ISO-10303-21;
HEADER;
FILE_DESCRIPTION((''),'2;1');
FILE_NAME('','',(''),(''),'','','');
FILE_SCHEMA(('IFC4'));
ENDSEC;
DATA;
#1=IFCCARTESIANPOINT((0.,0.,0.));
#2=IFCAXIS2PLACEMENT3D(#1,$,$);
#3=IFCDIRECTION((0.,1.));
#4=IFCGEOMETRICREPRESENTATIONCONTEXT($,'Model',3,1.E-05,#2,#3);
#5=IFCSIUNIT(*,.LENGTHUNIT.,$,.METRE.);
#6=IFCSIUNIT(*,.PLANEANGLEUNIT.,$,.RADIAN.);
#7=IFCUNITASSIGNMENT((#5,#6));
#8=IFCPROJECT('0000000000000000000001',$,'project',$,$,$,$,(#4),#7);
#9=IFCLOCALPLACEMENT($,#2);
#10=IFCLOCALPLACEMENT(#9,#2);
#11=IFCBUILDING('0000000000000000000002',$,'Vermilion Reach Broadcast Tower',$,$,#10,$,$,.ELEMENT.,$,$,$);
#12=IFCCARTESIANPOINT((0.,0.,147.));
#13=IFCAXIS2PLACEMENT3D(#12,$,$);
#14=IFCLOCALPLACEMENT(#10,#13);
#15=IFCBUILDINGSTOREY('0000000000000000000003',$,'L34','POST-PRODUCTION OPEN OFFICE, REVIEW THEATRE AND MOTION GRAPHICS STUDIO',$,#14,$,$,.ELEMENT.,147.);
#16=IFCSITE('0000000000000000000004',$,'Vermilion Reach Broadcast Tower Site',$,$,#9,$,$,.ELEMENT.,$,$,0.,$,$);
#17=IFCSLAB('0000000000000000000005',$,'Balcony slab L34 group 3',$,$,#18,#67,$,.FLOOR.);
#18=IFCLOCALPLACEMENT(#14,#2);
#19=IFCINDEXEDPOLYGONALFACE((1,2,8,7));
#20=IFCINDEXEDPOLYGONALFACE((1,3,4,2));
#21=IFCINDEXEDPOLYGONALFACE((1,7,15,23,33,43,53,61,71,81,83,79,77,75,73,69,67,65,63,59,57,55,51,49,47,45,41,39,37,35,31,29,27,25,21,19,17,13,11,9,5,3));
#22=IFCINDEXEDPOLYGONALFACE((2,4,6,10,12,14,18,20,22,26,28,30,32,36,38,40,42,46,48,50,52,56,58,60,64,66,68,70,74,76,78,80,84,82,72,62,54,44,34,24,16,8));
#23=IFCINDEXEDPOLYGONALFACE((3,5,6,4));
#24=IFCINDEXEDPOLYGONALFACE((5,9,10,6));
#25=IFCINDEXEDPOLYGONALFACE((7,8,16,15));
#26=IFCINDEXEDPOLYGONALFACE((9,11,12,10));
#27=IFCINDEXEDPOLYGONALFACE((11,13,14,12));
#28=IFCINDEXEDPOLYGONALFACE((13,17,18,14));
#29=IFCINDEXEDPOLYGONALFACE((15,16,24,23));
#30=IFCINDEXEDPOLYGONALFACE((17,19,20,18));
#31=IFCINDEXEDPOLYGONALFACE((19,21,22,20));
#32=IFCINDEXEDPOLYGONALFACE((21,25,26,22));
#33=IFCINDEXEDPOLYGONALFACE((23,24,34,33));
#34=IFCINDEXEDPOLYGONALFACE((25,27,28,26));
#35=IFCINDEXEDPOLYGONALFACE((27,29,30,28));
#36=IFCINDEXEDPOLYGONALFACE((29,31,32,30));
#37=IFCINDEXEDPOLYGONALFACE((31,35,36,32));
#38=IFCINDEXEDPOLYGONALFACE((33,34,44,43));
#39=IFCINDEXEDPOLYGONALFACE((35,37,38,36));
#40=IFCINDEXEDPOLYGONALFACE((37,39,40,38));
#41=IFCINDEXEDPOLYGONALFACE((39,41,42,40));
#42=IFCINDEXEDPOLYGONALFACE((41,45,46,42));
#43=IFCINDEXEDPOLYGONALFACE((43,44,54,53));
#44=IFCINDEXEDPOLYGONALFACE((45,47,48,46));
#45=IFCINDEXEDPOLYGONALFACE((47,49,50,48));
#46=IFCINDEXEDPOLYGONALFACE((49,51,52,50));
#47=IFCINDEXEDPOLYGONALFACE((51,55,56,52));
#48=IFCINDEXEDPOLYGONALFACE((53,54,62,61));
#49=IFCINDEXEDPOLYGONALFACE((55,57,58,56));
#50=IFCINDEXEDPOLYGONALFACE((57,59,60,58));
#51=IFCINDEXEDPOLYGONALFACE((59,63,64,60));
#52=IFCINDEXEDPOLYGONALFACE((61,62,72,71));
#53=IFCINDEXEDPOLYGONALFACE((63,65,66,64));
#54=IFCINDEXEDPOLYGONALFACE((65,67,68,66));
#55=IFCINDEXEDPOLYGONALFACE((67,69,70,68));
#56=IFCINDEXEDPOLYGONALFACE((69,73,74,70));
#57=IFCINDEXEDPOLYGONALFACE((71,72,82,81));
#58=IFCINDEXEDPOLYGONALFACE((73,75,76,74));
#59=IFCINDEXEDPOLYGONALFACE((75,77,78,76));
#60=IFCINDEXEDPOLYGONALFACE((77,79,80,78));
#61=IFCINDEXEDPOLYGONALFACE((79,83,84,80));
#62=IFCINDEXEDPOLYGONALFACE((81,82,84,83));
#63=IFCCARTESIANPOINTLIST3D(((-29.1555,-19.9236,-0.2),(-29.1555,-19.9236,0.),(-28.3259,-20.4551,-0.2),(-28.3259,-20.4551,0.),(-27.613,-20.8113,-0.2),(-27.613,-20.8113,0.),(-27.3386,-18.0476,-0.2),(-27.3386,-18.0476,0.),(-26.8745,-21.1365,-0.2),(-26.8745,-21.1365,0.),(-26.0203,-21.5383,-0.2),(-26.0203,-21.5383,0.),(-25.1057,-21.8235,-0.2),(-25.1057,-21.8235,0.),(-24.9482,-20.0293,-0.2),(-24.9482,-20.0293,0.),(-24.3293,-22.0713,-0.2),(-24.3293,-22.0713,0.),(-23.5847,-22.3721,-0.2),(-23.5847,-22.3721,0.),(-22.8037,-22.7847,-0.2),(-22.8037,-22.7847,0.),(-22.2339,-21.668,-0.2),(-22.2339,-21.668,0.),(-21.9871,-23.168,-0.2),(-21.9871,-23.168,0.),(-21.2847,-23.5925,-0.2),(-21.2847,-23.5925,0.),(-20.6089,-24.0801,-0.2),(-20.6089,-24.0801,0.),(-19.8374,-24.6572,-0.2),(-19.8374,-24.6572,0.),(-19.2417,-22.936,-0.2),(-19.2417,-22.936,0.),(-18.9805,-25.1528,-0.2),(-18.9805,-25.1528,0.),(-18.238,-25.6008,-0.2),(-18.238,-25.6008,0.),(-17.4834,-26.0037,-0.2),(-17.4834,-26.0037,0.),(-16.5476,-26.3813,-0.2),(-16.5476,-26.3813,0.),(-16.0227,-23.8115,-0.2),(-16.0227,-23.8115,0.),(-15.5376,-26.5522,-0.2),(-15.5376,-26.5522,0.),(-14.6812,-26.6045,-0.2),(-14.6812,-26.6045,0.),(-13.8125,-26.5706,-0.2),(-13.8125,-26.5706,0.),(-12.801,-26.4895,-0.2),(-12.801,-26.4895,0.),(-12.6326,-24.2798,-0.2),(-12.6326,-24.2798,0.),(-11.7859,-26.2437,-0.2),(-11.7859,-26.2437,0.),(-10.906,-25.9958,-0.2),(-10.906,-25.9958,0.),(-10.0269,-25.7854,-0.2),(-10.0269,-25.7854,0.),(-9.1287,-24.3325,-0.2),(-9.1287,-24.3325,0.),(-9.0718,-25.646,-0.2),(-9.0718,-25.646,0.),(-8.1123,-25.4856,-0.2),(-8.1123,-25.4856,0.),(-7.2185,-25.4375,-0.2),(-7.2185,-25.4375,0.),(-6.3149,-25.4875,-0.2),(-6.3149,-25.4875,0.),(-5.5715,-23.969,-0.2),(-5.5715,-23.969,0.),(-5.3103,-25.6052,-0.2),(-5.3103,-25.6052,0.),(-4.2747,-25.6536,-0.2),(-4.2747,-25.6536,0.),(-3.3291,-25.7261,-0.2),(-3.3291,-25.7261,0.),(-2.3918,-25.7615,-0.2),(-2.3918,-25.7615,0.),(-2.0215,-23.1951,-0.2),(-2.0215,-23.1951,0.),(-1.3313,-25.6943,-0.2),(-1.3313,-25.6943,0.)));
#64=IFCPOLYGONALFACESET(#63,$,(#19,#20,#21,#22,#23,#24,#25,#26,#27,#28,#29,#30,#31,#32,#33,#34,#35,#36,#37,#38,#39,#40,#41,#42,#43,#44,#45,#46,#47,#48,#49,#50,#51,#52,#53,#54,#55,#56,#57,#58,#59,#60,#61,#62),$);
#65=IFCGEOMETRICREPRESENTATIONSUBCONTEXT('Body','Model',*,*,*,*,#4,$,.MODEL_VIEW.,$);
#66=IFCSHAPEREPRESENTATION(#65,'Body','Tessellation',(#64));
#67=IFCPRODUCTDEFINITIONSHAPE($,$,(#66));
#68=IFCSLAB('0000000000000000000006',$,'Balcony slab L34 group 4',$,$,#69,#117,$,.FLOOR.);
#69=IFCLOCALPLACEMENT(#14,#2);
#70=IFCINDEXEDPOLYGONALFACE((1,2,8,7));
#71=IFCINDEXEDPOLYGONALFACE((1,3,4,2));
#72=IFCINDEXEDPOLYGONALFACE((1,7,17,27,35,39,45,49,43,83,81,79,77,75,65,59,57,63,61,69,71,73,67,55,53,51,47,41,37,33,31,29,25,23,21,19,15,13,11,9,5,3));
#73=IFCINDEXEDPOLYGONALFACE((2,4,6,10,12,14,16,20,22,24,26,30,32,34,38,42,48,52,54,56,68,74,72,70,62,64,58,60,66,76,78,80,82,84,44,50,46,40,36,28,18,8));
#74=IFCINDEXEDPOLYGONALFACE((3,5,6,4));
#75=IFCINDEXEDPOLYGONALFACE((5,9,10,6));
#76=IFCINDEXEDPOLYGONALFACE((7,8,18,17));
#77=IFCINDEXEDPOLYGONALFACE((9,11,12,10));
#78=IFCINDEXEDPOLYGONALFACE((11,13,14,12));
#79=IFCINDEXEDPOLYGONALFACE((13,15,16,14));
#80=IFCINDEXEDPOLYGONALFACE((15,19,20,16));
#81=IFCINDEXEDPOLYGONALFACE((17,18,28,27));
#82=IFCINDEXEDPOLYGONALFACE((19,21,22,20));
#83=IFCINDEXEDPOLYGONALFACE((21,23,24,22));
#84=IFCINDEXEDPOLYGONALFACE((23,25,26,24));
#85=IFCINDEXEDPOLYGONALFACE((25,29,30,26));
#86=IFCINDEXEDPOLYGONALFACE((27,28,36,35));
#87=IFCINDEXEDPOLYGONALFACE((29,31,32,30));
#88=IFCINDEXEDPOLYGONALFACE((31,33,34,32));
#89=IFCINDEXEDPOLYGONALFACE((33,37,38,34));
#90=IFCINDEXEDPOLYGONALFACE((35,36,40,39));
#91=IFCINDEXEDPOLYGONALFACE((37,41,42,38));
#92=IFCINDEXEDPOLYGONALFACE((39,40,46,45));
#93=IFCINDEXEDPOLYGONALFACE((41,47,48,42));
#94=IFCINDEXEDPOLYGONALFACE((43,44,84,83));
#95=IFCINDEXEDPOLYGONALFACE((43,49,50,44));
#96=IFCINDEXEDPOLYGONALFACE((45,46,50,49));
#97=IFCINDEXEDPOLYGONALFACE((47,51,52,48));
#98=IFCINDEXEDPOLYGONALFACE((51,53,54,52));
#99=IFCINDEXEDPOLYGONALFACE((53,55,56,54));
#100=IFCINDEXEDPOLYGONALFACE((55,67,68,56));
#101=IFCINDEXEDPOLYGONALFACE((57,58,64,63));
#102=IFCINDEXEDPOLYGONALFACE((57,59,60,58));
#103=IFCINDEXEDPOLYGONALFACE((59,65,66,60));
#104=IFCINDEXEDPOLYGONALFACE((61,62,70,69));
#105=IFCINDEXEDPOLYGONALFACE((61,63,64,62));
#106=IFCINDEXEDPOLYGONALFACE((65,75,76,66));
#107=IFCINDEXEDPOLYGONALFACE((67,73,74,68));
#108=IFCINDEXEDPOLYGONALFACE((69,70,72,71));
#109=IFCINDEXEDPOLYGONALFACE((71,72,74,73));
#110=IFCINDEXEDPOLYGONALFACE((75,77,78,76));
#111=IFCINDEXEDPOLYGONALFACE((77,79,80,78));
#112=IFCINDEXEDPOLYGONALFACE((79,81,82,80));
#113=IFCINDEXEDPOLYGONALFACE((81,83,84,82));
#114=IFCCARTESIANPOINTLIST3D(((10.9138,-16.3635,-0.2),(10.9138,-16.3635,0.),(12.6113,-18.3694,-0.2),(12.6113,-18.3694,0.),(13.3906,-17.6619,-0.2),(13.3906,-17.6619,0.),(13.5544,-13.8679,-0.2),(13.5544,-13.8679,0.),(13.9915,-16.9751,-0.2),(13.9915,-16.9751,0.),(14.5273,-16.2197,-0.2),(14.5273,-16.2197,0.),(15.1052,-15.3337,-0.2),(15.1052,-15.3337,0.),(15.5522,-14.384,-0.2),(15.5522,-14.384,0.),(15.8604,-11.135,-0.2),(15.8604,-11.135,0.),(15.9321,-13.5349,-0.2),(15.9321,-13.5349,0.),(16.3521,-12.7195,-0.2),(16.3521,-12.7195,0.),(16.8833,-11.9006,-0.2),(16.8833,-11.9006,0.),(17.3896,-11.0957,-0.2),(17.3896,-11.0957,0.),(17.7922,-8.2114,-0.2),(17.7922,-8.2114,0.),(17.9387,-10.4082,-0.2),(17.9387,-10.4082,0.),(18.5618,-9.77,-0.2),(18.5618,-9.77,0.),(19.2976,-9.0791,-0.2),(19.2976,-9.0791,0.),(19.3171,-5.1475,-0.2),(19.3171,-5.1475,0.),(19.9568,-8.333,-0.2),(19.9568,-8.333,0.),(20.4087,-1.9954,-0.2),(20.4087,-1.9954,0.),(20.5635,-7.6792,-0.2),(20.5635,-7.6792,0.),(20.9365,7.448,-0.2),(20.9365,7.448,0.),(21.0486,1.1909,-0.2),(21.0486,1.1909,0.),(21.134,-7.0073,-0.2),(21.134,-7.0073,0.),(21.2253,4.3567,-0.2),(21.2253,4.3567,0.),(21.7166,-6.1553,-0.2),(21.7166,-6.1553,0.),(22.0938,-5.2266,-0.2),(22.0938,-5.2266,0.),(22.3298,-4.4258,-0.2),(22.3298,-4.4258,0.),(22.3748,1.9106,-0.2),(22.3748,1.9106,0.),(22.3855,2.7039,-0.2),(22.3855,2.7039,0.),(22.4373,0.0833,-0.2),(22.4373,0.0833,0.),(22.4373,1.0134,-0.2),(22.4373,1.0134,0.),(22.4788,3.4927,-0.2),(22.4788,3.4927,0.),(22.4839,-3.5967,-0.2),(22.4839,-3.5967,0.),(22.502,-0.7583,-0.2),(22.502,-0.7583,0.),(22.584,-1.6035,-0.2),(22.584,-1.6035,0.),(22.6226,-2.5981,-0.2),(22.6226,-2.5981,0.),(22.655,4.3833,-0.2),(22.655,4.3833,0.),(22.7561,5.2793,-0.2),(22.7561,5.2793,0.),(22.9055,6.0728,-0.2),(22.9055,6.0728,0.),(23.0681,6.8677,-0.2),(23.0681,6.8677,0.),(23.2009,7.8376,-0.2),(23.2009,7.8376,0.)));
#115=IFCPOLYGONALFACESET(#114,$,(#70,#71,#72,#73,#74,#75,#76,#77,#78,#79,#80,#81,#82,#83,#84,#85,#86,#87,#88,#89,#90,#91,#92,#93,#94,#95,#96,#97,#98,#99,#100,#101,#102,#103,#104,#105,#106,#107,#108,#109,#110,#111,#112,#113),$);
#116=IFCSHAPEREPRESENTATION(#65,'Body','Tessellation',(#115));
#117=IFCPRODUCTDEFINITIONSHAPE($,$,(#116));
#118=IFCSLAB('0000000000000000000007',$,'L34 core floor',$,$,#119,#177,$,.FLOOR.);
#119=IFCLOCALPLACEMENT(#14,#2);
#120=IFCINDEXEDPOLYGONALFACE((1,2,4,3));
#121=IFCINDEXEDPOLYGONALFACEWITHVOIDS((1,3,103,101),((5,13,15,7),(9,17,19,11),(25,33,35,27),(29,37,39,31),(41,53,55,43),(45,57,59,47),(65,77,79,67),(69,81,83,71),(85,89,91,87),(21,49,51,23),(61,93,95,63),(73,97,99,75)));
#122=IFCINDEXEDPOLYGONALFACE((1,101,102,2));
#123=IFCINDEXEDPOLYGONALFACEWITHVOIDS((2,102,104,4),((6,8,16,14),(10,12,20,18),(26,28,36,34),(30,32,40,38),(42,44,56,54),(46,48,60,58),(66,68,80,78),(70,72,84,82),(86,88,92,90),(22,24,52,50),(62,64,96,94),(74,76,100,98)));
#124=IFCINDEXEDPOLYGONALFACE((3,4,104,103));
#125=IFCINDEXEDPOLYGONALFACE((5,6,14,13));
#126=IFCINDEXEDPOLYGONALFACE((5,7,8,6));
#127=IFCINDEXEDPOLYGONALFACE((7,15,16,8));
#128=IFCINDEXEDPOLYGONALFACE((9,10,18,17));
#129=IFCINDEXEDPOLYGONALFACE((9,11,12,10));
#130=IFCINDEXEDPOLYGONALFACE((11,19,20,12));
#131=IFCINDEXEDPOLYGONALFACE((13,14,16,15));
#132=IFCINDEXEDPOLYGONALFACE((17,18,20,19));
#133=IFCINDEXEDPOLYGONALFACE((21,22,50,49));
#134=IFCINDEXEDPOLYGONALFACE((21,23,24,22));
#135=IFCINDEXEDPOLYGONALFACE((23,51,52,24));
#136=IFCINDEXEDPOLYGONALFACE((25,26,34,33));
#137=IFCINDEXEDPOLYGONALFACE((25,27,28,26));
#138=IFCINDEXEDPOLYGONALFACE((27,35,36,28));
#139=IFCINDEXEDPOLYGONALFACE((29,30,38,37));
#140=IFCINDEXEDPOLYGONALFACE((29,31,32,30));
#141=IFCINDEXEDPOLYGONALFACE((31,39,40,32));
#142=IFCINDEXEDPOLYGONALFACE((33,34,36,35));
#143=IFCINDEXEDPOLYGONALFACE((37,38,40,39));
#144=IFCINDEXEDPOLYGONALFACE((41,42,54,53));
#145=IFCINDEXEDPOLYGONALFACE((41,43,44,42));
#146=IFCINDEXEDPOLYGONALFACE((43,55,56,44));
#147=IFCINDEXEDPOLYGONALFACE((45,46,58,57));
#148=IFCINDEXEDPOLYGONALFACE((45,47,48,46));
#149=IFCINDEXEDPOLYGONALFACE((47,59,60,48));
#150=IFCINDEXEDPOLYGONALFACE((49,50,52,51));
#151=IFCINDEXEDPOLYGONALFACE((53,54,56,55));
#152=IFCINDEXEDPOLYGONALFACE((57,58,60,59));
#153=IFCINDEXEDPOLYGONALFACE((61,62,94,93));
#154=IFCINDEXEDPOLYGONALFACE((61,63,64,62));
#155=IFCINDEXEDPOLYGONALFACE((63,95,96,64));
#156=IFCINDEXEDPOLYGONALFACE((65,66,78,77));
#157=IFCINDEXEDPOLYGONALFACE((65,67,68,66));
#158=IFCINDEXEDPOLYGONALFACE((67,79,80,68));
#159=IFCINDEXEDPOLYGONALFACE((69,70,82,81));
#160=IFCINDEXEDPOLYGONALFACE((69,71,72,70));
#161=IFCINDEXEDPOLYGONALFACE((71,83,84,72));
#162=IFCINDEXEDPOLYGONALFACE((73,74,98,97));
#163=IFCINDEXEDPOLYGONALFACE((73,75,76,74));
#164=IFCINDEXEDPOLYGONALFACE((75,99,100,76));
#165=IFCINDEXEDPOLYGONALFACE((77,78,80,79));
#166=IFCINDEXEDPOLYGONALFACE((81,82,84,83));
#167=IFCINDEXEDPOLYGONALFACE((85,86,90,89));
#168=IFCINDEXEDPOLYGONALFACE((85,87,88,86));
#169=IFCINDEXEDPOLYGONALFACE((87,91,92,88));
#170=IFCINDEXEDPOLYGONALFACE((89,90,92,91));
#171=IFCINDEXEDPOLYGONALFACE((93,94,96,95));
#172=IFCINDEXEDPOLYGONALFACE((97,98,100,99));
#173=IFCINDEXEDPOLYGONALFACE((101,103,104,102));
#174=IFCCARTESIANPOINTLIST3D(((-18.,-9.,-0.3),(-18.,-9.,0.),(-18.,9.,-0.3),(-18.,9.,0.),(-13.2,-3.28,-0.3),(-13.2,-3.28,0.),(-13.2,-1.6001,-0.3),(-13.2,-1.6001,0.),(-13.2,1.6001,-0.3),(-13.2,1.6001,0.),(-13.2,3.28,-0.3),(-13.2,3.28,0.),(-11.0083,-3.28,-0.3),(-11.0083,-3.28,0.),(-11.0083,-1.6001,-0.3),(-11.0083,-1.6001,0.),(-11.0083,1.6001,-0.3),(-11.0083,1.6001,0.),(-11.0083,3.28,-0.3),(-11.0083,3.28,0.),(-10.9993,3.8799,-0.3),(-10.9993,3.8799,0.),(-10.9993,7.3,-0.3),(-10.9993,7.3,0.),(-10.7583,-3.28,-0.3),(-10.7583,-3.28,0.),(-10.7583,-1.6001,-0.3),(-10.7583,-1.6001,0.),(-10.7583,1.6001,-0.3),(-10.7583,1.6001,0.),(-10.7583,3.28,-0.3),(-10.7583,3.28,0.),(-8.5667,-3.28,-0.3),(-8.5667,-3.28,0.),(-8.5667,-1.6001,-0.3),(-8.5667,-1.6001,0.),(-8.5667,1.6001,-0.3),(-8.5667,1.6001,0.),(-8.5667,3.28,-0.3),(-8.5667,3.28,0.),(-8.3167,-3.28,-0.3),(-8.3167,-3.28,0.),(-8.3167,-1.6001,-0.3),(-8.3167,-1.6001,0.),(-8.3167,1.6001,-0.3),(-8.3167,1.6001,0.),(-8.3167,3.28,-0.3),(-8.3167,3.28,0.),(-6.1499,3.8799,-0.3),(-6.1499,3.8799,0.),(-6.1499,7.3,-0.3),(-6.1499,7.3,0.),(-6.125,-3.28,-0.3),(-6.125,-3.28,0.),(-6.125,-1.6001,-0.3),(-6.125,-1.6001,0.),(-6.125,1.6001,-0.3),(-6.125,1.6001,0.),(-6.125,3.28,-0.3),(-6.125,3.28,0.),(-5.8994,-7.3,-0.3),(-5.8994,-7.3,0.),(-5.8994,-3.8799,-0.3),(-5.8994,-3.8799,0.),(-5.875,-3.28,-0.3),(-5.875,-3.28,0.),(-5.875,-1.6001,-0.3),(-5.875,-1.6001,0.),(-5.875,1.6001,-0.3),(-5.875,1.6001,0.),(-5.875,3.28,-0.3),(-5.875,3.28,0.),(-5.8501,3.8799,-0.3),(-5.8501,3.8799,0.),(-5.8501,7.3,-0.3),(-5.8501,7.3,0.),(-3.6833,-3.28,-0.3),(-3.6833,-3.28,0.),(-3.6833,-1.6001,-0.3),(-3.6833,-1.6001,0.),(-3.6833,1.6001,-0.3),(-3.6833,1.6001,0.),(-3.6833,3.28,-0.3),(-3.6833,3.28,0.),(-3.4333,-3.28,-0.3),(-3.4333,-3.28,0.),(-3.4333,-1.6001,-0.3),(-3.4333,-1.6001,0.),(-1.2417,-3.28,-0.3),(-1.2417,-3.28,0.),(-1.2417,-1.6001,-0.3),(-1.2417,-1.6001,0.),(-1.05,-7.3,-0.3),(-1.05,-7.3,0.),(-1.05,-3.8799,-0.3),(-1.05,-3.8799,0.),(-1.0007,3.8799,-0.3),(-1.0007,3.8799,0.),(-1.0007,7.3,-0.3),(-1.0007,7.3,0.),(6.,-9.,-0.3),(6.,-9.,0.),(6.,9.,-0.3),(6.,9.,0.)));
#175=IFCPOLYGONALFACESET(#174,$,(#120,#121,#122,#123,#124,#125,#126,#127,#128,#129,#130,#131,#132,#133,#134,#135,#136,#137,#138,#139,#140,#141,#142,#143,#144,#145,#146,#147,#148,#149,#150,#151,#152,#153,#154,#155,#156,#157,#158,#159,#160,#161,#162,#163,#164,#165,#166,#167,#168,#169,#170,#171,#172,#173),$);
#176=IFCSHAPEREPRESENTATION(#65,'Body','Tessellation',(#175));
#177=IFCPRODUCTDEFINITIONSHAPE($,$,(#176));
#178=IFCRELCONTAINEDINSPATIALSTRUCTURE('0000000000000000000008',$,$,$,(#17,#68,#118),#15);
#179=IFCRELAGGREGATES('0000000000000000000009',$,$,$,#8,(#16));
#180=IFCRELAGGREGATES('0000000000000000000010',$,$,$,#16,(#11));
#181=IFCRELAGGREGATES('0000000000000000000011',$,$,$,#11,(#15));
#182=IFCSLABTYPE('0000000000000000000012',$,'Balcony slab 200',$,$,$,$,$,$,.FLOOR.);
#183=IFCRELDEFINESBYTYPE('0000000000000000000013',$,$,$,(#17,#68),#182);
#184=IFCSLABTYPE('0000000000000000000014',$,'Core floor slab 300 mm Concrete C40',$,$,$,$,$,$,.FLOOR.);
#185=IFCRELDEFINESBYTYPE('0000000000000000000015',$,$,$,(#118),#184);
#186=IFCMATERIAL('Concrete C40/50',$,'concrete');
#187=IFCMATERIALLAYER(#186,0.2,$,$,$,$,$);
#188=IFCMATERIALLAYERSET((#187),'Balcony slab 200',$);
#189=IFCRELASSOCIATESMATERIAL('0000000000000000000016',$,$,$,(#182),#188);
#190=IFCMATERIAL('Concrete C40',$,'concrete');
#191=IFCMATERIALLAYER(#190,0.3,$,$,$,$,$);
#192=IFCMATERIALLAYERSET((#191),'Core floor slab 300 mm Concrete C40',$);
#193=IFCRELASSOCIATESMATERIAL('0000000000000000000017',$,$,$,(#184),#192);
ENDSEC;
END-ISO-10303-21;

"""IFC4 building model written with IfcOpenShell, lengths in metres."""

from ifc_helpers import new_model, si_unit, direction, frame, origin, place, context, subcontext, project, spatial, polyline, outline, extrude, material, layer, layer_set, type_object, element, save


model = new_model("IFC4")

# Units and contexts
model_context = context("Model", 3, precision=1e-05, world=origin(), true_north=direction((0.0, 1.0)))
body_context = subcontext(model_context, "Body", "Model", "MODEL_VIEW")
ifc_project = project(units=[si_unit("LENGTHUNIT", "METRE"), si_unit("PLANEANGLEUNIT", "RADIAN")], contexts=[model_context])

# Site, building, storey
site_placement = place(None, origin())
site = spatial("IfcSite", under=ifc_project, at=site_placement, Name="Vermilion Reach Broadcast Tower Site", CompositionType="ELEMENT", RefElevation=0.0)
building_placement = place(site_placement, origin())
building = spatial("IfcBuilding", under=site, at=building_placement, Name="Vermilion Reach Broadcast Tower", CompositionType="ELEMENT")
storey_placement = place(building_placement, frame((0.0, 0.0, 147.0)))
storey = spatial("IfcBuildingStorey", under=building, at=storey_placement, Name="L34", Description="POST-PRODUCTION OPEN OFFICE, REVIEW THEATRE AND MOTION GRAPHICS STUDIO", CompositionType="ELEMENT", Elevation=147.0)

# Slabs
ifc_material_1 = material(Name="Concrete C40/50", Category="concrete")
ifc_layer_1 = layer(ifc_material_1, 0.2)
ifc_layer_set_1 = layer_set([ifc_layer_1], Name="Balcony slab 200")
slab_type_1 = type_object("IfcSlabType", Name="Balcony slab 200", PredefinedType="FLOOR", material=ifc_layer_set_1)
placement_1 = place(storey_placement, frame((0.0, 0.0, -0.2)))
element("IfcSlab", 1, at=placement_1, inside=storey, type_object=slab_type_1, Name="Balcony slab L34 group 3", PredefinedType="FLOOR", context=body_context, shape_type="SweptSolid", body=[
    extrude(outline(polyline([(-27.3386, -18.0476), (-24.9482, -20.0293), (-22.2339, -21.668), (-19.2417, -22.936), (-16.0227, -23.8115), (-12.6326, -24.2798), (-9.1287, -24.3325), (-5.5715, -23.969), (-2.0215, -23.1951), (-1.3313, -25.6943), (-2.3918, -25.7615), (-3.3291, -25.7261), (-4.2747, -25.6536), (-5.3103, -25.6052), (-6.3149, -25.4875), (-7.2185, -25.4375), (-8.1123, -25.4856), (-9.0718, -25.646), (-10.0269, -25.7854), (-10.906, -25.9958), (-11.7859, -26.2437), (-12.801, -26.4895), (-13.8125, -26.5706), (-14.6812, -26.6045), (-15.5376, -26.5522), (-16.5476, -26.3813), (-17.4834, -26.0037), (-18.238, -25.6008), (-18.9805, -25.1528), (-19.8374, -24.6572), (-20.6089, -24.0801), (-21.2847, -23.5925), (-21.9871, -23.168), (-22.8037, -22.7847), (-23.5847, -22.3721), (-24.3293, -22.0713), (-25.1057, -21.8235), (-26.0203, -21.5383), (-26.8745, -21.1365), (-27.613, -20.8113), (-28.3259, -20.4551), (-29.1555, -19.9236), (-27.3386, -18.0476)])), origin(), (0.0, 0.0, 1.0), 0.2),
])
element("IfcSlab", 2, at=placement_1, inside=storey, type_object=slab_type_1, Name="Balcony slab L34 group 4", PredefinedType="FLOOR", context=body_context, shape_type="SweptSolid", body=[
    extrude(outline(polyline([(10.9138, -16.3635), (13.5544, -13.8679), (15.8604, -11.135), (17.7922, -8.2114), (19.3171, -5.1475), (20.4087, -1.9954), (21.0486, 1.1909), (21.2253, 4.3567), (20.9365, 7.448), (23.2009, 7.8376), (23.0681, 6.8677), (22.9055, 6.0728), (22.7561, 5.2793), (22.655, 4.3833), (22.4788, 3.4927), (22.3855, 2.7039), (22.3748, 1.9106), (22.4373, 1.0134), (22.4373, 0.0833), (22.502, -0.7583), (22.584, -1.6035), (22.6226, -2.5981), (22.4839, -3.5967), (22.3298, -4.4258), (22.0938, -5.2266), (21.7166, -6.1553), (21.134, -7.0073), (20.5635, -7.6792), (19.9568, -8.333), (19.2976, -9.0791), (18.5618, -9.77), (17.9387, -10.4082), (17.3896, -11.0957), (16.8833, -11.9006), (16.3521, -12.7195), (15.9321, -13.5349), (15.5522, -14.384), (15.1052, -15.3337), (14.5273, -16.2197), (13.9915, -16.9751), (13.3906, -17.6619), (12.6113, -18.3694), (10.9138, -16.3635)])), origin(), (0.0, 0.0, 1.0), 0.2),
])
ifc_material_2 = material(Name="Concrete C40", Category="concrete")
ifc_layer_2 = layer(ifc_material_2, 0.3)
ifc_layer_set_2 = layer_set([ifc_layer_2], Name="Core floor slab 300 mm Concrete C40")
slab_type_2 = type_object("IfcSlabType", Name="Core floor slab 300 mm Concrete C40", PredefinedType="FLOOR", material=ifc_layer_set_2)
slab_1_placement = place(storey_placement, frame((0.0, 0.0, -0.3)))
element("IfcSlab", 3, at=slab_1_placement, inside=storey, type_object=slab_type_2, Name="L34 core floor", PredefinedType="FLOOR", context=body_context, shape_type="SweptSolid", body=[
    extrude(outline(polyline([(-18.0, -9.0), (6.0, -9.0), (6.0, 9.0), (-18.0, 9.0), (-18.0, -9.0)]), holes=[polyline([(-13.2, 1.6001), (-11.0083, 1.6001), (-11.0083, 3.28), (-13.2, 3.28), (-13.2, 1.6001)]), polyline([(-10.7583, 1.6001), (-8.5667, 1.6001), (-8.5667, 3.28), (-10.7583, 3.28), (-10.7583, 1.6001)]), polyline([(-8.3167, 1.6001), (-6.125, 1.6001), (-6.125, 3.28), (-8.3167, 3.28), (-8.3167, 1.6001)]), polyline([(-5.875, 1.6001), (-3.6833, 1.6001), (-3.6833, 3.28), (-5.875, 3.28), (-5.875, 1.6001)]), polyline([(-13.2, -3.28), (-11.0083, -3.28), (-11.0083, -1.6001), (-13.2, -1.6001), (-13.2, -3.28)]), polyline([(-10.7583, -3.28), (-8.5667, -3.28), (-8.5667, -1.6001), (-10.7583, -1.6001), (-10.7583, -3.28)]), polyline([(-8.3167, -3.28), (-6.125, -3.28), (-6.125, -1.6001), (-8.3167, -1.6001), (-8.3167, -3.28)]), polyline([(-5.875, -3.28), (-3.6833, -3.28), (-3.6833, -1.6001), (-5.875, -1.6001), (-5.875, -3.28)]), polyline([(-3.4333, -3.28), (-1.2417, -3.28), (-1.2417, -1.6001), (-3.4333, -1.6001), (-3.4333, -3.28)]), polyline([(-10.9993, 3.8799), (-6.1499, 3.8799), (-6.1499, 7.3), (-10.9993, 7.3), (-10.9993, 3.8799)]), polyline([(-1.0007, 7.3), (-5.8501, 7.3), (-5.8501, 3.8799), (-1.0007, 3.8799), (-1.0007, 7.3)]), polyline([(-5.8994, -7.3), (-1.05, -7.3), (-1.05, -3.8799), (-5.8994, -3.8799), (-5.8994, -7.3)])]), origin(), (0.0, 0.0, 1.0), 0.3),
])

save(model, "model.ifc")
